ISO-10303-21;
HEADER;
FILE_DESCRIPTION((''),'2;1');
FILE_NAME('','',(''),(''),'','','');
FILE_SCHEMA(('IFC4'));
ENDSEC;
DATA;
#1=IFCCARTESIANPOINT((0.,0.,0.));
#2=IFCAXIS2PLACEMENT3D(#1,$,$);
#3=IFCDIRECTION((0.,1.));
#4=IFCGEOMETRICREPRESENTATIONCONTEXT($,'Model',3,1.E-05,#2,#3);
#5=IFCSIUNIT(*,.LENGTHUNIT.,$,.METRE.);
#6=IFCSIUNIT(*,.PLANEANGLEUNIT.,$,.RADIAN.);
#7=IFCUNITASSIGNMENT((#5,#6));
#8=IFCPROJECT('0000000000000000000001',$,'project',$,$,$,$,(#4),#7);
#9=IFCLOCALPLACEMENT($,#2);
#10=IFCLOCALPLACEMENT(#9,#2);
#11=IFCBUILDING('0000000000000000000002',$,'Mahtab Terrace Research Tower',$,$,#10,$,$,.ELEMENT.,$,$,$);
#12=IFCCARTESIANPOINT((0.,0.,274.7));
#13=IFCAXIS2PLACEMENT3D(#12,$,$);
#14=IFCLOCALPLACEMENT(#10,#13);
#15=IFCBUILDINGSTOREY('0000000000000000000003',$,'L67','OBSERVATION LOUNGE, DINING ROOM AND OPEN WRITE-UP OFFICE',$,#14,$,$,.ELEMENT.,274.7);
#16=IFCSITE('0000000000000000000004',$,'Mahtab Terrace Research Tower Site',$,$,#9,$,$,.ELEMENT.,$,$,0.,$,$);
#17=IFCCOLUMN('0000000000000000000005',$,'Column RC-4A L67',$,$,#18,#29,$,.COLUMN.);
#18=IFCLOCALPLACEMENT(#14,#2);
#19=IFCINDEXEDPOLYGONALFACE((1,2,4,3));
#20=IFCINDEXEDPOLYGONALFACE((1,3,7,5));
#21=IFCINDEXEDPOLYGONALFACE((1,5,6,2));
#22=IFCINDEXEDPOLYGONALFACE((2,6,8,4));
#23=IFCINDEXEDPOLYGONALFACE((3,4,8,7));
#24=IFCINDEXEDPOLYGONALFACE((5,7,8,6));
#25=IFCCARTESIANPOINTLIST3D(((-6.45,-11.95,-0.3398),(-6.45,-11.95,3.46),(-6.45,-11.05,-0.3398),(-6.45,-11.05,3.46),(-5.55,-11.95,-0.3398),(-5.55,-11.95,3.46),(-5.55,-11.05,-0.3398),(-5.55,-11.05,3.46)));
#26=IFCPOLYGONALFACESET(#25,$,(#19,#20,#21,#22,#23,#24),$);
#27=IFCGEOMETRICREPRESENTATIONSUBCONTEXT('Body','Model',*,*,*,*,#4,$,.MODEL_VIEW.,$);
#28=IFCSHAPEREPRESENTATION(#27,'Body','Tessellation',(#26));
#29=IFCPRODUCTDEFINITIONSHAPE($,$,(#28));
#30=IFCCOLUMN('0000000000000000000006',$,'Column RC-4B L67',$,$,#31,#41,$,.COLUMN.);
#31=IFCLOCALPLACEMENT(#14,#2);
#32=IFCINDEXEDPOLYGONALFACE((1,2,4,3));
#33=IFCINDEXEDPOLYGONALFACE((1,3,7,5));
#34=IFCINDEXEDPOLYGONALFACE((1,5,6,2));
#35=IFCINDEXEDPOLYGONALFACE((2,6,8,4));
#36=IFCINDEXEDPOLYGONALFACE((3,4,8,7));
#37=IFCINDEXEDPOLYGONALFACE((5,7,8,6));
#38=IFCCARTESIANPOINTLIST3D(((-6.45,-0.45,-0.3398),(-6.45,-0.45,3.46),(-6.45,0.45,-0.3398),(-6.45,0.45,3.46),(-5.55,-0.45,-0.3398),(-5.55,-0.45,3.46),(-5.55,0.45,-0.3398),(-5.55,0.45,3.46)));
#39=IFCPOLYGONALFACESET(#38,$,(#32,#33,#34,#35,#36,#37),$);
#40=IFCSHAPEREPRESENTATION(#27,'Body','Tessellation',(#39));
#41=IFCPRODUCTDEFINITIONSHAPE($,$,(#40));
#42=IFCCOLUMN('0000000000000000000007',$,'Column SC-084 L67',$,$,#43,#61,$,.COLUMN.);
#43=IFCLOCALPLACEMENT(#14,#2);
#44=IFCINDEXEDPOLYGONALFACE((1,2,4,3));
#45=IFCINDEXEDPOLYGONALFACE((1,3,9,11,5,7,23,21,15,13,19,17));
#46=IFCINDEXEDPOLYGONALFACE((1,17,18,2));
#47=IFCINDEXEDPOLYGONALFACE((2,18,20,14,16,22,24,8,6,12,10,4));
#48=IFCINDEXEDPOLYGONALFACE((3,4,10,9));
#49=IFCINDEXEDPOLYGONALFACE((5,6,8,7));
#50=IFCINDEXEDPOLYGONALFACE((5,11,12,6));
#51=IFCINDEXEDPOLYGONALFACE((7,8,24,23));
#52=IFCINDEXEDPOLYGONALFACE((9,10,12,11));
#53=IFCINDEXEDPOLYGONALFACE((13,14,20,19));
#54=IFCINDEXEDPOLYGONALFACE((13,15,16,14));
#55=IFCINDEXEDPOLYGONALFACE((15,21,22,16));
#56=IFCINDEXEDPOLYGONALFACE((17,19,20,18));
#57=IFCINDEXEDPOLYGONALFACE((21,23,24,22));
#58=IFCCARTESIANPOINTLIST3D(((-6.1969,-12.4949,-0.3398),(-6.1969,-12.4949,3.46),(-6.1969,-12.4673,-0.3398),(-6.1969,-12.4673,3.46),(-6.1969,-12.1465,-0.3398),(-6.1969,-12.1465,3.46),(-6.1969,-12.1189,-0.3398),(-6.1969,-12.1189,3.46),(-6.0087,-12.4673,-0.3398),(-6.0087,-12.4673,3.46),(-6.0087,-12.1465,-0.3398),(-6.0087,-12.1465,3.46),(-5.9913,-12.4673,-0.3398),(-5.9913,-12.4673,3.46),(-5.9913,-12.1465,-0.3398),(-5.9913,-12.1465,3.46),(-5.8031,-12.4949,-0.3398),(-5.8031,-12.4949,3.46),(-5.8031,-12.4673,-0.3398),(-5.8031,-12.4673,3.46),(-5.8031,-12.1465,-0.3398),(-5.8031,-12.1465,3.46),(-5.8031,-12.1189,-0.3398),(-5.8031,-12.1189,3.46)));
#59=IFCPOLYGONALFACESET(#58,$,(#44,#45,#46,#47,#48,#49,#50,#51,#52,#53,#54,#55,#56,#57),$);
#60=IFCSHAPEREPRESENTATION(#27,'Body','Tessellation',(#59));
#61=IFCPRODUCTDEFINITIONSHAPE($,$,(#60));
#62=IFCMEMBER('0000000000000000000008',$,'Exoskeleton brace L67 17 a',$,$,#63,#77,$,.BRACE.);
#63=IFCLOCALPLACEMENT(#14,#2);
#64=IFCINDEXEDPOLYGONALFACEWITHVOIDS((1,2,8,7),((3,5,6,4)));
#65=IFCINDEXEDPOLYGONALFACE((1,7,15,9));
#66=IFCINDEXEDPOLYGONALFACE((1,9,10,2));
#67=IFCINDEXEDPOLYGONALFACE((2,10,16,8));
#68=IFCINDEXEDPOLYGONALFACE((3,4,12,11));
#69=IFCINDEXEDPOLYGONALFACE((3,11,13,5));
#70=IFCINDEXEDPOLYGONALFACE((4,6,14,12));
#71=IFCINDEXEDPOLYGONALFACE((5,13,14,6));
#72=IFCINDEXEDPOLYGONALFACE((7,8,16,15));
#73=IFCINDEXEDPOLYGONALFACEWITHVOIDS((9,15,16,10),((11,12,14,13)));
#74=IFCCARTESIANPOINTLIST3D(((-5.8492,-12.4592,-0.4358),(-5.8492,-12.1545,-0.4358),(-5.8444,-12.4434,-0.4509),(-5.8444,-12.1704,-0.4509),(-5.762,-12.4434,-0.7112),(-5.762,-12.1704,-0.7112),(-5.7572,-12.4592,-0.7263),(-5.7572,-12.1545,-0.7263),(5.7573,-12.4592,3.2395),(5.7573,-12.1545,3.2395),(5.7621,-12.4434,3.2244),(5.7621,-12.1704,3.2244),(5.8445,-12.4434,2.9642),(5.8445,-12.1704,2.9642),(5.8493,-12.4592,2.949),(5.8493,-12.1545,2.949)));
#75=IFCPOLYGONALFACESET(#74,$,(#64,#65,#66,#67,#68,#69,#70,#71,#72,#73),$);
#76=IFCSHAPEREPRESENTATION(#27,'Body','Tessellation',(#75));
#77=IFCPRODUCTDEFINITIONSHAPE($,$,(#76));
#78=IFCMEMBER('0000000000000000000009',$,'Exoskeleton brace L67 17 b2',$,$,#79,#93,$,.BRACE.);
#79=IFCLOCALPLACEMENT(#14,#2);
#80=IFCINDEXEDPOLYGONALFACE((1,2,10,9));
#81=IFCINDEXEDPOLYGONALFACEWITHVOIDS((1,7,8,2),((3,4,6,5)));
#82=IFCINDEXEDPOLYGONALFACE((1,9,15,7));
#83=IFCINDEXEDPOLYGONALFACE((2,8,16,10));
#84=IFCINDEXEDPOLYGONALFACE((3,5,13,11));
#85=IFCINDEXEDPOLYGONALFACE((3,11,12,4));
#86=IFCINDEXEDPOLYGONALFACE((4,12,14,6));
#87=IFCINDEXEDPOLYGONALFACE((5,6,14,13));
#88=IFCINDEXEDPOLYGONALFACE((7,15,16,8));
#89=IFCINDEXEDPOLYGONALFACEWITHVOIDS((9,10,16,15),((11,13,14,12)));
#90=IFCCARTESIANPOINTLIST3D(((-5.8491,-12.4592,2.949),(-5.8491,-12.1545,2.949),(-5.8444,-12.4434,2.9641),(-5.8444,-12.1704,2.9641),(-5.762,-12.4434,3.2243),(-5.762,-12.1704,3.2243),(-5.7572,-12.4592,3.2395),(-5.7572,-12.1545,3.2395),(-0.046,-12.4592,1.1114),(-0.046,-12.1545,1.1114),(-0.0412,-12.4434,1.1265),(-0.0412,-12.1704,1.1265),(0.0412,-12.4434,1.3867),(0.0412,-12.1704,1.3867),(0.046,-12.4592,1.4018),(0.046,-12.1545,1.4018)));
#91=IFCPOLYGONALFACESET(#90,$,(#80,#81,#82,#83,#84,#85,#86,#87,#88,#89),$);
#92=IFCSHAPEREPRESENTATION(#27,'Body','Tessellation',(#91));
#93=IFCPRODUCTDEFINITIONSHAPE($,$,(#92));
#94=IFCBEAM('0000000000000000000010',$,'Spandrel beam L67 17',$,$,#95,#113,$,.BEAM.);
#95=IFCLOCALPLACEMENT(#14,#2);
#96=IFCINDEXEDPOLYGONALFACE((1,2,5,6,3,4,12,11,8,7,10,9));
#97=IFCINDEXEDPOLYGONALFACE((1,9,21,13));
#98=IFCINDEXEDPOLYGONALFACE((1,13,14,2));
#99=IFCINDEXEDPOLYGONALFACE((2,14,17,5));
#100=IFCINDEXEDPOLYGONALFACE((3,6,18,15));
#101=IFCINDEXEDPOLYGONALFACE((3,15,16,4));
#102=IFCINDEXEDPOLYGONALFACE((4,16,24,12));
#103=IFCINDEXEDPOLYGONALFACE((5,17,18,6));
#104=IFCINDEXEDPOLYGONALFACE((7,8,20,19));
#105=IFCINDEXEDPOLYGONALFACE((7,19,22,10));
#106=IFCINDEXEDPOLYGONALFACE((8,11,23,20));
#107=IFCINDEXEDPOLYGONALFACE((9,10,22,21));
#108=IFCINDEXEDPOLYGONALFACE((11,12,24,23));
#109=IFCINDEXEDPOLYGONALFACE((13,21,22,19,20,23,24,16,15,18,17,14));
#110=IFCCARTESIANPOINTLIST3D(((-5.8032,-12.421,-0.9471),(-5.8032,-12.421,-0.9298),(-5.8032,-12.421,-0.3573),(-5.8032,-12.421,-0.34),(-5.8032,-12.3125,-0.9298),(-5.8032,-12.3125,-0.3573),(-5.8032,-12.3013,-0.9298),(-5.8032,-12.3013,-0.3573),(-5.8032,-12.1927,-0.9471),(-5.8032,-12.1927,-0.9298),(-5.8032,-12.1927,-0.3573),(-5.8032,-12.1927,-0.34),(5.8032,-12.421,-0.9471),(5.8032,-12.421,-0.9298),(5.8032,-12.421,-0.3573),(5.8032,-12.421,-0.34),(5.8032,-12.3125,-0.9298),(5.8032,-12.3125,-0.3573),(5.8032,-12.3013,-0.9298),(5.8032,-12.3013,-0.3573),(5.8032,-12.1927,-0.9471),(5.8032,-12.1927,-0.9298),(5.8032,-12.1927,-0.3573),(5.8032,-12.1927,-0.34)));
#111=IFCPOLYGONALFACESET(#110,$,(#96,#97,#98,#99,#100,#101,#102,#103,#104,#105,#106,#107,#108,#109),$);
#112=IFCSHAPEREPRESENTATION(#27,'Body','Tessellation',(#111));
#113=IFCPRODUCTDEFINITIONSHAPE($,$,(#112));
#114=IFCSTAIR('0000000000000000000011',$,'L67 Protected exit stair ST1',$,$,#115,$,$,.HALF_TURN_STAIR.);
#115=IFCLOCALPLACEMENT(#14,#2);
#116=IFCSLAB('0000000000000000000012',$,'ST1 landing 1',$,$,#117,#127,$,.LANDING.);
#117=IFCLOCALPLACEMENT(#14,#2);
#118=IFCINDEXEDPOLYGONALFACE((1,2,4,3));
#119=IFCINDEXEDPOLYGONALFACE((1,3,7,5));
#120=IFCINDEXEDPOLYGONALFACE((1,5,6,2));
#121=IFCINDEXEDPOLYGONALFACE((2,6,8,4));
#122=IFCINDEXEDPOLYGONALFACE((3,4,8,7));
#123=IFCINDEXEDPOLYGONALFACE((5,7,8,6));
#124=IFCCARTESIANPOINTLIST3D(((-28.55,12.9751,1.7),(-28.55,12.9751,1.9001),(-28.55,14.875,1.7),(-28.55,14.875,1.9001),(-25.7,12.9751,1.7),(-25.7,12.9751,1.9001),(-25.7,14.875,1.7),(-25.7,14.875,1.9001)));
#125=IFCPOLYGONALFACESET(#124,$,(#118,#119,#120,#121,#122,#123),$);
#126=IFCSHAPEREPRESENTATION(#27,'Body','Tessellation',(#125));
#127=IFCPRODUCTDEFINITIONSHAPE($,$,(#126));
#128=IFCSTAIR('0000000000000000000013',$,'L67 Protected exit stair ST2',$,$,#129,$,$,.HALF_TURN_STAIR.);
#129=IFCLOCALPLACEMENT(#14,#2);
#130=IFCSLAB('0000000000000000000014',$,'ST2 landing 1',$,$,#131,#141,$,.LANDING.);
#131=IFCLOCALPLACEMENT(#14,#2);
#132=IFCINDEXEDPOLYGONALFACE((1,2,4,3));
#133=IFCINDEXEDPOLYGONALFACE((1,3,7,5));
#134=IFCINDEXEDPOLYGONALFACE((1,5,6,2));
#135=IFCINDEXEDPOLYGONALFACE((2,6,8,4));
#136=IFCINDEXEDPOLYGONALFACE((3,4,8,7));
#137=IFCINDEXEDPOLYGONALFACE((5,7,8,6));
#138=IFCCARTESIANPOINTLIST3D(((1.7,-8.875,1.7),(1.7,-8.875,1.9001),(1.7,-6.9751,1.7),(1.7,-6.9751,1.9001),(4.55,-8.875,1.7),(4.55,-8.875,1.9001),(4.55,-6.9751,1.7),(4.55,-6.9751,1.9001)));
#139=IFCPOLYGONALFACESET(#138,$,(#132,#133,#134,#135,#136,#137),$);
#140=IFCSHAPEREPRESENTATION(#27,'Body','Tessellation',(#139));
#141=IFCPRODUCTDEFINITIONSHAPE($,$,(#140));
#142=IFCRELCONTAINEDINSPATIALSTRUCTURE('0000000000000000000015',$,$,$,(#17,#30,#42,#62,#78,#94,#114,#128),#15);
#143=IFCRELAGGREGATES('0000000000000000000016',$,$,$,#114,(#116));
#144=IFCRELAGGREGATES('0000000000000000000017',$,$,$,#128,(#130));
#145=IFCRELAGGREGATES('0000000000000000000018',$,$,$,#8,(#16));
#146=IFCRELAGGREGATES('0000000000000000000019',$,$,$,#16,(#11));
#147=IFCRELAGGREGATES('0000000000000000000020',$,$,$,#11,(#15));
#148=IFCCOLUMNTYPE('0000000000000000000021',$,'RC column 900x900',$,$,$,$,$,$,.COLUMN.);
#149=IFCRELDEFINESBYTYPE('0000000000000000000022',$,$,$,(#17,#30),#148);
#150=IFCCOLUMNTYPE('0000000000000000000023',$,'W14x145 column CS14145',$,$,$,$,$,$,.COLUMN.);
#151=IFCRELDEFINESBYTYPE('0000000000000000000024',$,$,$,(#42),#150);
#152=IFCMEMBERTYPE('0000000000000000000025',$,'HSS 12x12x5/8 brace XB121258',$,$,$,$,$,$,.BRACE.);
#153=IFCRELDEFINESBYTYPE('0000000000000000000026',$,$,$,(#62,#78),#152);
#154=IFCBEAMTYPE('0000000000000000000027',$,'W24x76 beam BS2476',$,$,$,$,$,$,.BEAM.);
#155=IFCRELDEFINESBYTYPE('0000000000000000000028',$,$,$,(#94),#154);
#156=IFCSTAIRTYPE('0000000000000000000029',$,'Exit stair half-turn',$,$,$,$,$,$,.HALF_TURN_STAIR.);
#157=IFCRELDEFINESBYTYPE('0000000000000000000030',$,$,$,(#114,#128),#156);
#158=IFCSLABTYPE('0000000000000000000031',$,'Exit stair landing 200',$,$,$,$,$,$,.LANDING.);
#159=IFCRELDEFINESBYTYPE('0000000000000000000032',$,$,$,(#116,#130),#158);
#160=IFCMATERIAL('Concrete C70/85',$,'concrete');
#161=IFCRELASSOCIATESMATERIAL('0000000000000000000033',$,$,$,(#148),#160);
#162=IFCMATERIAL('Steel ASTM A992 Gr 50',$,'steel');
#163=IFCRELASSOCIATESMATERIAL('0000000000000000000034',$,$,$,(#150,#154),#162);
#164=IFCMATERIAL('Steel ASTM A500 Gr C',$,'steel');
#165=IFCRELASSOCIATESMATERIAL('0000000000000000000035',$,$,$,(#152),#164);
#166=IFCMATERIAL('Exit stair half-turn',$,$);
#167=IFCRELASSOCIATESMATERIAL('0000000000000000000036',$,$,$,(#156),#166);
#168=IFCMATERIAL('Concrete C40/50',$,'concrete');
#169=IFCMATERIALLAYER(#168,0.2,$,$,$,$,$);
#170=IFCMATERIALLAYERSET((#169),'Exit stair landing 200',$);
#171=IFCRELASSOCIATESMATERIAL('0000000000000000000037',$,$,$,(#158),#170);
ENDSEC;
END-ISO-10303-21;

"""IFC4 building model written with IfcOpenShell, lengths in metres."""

from ifc_helpers import new_model, si_unit, direction, frame, origin, origin_2d, place, context, subcontext, project, spatial, polyline, rectangle, hollow_rectangle, i_section, outline, extrude, material, layer, layer_set, material_profile, profile_set, type_object, element, aggregate, save


model = new_model("IFC4")

# Units and contexts
model_context = context("Model", 3, precision=1e-05, world=origin(), true_north=direction((0.0, 1.0)))
body_context = subcontext(model_context, "Body", "Model", "MODEL_VIEW")
ifc_project = project(units=[si_unit("LENGTHUNIT", "METRE"), si_unit("PLANEANGLEUNIT", "RADIAN")], contexts=[model_context])

# Site, building, storey
site_placement = place(None, origin())
site = spatial("IfcSite", under=ifc_project, at=site_placement, Name="Mahtab Terrace Research Tower Site", CompositionType="ELEMENT", RefElevation=0.0)
building_placement = place(site_placement, origin())
building = spatial("IfcBuilding", under=site, at=building_placement, Name="Mahtab Terrace Research Tower", CompositionType="ELEMENT")
storey_placement = place(building_placement, frame((0.0, 0.0, 274.7)))
storey = spatial("IfcBuildingStorey", under=building, at=storey_placement, Name="L67", Description="OBSERVATION LOUNGE, DINING ROOM AND OPEN WRITE-UP OFFICE", CompositionType="ELEMENT", Elevation=274.7)

# Columns
ifc_material_1 = material(Name="Concrete C70/85", Category="concrete")
ifc_material_profile_1 = material_profile(ifc_material_1, rectangle(XDim=0.8999, YDim=0.8999, at=origin_2d()), Name="RC column 900x900")
ifc_profile_set_1 = profile_set([ifc_material_profile_1], Name="Concrete C70/85")
column_type_1 = type_object("IfcColumnType", Name="RC column 900x900", PredefinedType="COLUMN", material=ifc_profile_set_1)
for number, where, z_axis, x_axis, name in (
    (1, (-6.0, -11.5, -0.3398), (0.0, 0.0, 1.0), (1.0, 0.0, 0.0), "Column RC-4A L67"),
    (2, (-6.0, 0.0, -0.3398), (0.0, 0.0, 1.0), (1.0, 0.0, 0.0), "Column RC-4B L67"),
):
    element("IfcColumn", number, at=place(storey_placement, frame(where, z_axis=z_axis, x_axis=x_axis)), inside=storey, type_object=column_type_1, Name=name, PredefinedType="COLUMN", context=body_context, shape_type="SweptSolid", body=[
        extrude(rectangle(XDim=0.8999, YDim=0.8999, at=origin_2d()), origin(), (0.0, 0.0, 1.0), 3.7998),
    ])
ifc_material_2 = material(Name="Steel ASTM A992 Gr 50", Category="steel")
ifc_material_profile_2 = material_profile(ifc_material_2, i_section(OverallWidth=0.3938, OverallDepth=0.376, WebThickness=0.0173, FlangeThickness=0.0276, at=origin_2d()), Name="W14X145")
ifc_profile_set_2 = profile_set([ifc_material_profile_2], Name="Steel ASTM A992 Gr 50")
column_type_2 = type_object("IfcColumnType", Name="W14x145 column CS14145", PredefinedType="COLUMN", material=ifc_profile_set_2)
column_placement = place(storey_placement, frame((-6.0, -12.3069, -0.3398), z_axis=(0.0, 0.0, 1.0), x_axis=(1.0, 0.0, 0.0)))
element("IfcColumn", 3, at=column_placement, inside=storey, type_object=column_type_2, Name="Column SC-084 L67", PredefinedType="COLUMN", context=body_context, shape_type="SweptSolid", body=[
    extrude(i_section(OverallWidth=0.3938, OverallDepth=0.376, WebThickness=0.0173, FlangeThickness=0.0276, at=origin_2d()), origin(), (0.0, 0.0, 1.0), 3.7998),
])

# Members
ifc_material_3 = material(Name="Steel ASTM A500 Gr C", Category="steel")
ifc_material_profile_3 = material_profile(ifc_material_3, hollow_rectangle(XDim=0.3047, YDim=0.3047, WallThickness=0.0159, at=origin_2d()), Name="HSS12X12X5/8")
ifc_profile_set_3 = profile_set([ifc_material_profile_3], Name="Steel ASTM A500 Gr C")
member_type = type_object("IfcMemberType", Name="HSS 12x12x5/8 brace XB121258", PredefinedType="BRACE", material=ifc_profile_set_3)
member_1_placement = place(storey_placement, frame((-5.8032, -12.3069, -0.5811), z_axis=(0.953344, 0.0, 0.301886), x_axis=(0.0, 1.0, 0.0)))
element("IfcMember", 4, at=member_1_placement, inside=storey, type_object=member_type, Name="Exoskeleton brace L67 17 a", PredefinedType="BRACE", context=body_context, shape_type="SweptSolid", body=[
    extrude(hollow_rectangle(XDim=0.3047, YDim=0.3047, WallThickness=0.0159, at=origin_2d()), origin(), (0.0, 0.0, 1.0), 12.1746),
])
member_2_placement = place(storey_placement, frame((0.0, -12.3069, 1.2566), z_axis=(-0.953344, 0.0, 0.301886), x_axis=(0.0, -1.0, 0.0)))
element("IfcMember", 5, at=member_2_placement, inside=storey, type_object=member_type, Name="Exoskeleton brace L67 17 b2", PredefinedType="BRACE", context=body_context, shape_type="SweptSolid", body=[
    extrude(hollow_rectangle(XDim=0.3047, YDim=0.3047, WallThickness=0.0159, at=origin_2d()), origin(), (0.0, 0.0, 1.0), 6.0872),
])

# Beam
ifc_material_profile_4 = material_profile(ifc_material_2, i_section(OverallWidth=0.2283, OverallDepth=0.6072, WebThickness=0.0112, FlangeThickness=0.0173, at=origin_2d()), Name="W24X76")
ifc_profile_set_4 = profile_set([ifc_material_profile_4], Name="Steel ASTM A992 Gr 50")
beam_type = type_object("IfcBeamType", Name="W24x76 beam BS2476", PredefinedType="BEAM", material=ifc_profile_set_4)
beam_placement = place(storey_placement, frame((-5.8032, -12.3069, -0.6436), z_axis=(1.0, 0.0, 0.0), x_axis=(0.0, 1.0, 0.0)))
element("IfcBeam", 6, at=beam_placement, inside=storey, type_object=beam_type, Name="Spandrel beam L67 17", PredefinedType="BEAM", context=body_context, shape_type="SweptSolid", body=[
    extrude(i_section(OverallWidth=0.2283, OverallDepth=0.6072, WebThickness=0.0112, FlangeThickness=0.0173, at=origin_2d()), origin(), (0.0, 0.0, 1.0), 11.6064),
])

# Stairs, slabs
ifc_material_4 = material(Name="Exit stair half-turn")
stair_type = type_object("IfcStairType", Name="Exit stair half-turn", PredefinedType="HALF_TURN_STAIR", material=ifc_material_4)
stair_1_placement = place(storey_placement, origin())
stair_1 = element("IfcStair", 7, at=stair_1_placement, inside=storey, type_object=stair_type, Name="L67 Protected exit stair ST1", PredefinedType="HALF_TURN_STAIR")
ifc_material_5 = material(Name="Concrete C40/50", Category="concrete")
ifc_layer_1 = layer(ifc_material_5, 0.2)
ifc_layer_set_1 = layer_set([ifc_layer_1], Name="Exit stair landing 200")
slab_type_1 = type_object("IfcSlabType", Name="Exit stair landing 200", PredefinedType="LANDING", material=ifc_layer_set_1)
slab_1_placement = place(storey_placement, frame((0.0, 0.0, 1.7)))
slab_1 = element("IfcSlab", 8, at=slab_1_placement, type_object=slab_type_1, Name="ST1 landing 1", PredefinedType="LANDING", context=body_context, shape_type="SweptSolid", body=[
    extrude(outline(polyline([(-25.7, 12.9751), (-25.7, 14.875), (-28.55, 14.875), (-28.55, 12.9751), (-25.7, 12.9751)])), origin(), (0.0, 0.0, 1.0), 0.2002),
])
aggregate(stair_1, [slab_1])
stair_2_placement = place(storey_placement, origin())
stair_2 = element("IfcStair", 9, at=stair_2_placement, inside=storey, type_object=stair_type, Name="L67 Protected exit stair ST2", PredefinedType="HALF_TURN_STAIR")
slab_2_placement = place(storey_placement, frame((0.0, 0.0, 1.7)))
slab_2 = element("IfcSlab", 10, at=slab_2_placement, type_object=slab_type_1, Name="ST2 landing 1", PredefinedType="LANDING", context=body_context, shape_type="SweptSolid", body=[
    extrude(outline(polyline([(1.7, -6.9751), (1.7, -8.875), (4.55, -8.875), (4.55, -6.9751), (1.7, -6.9751)])), origin(), (0.0, 0.0, 1.0), 0.2002),
])
aggregate(stair_2, [slab_2])

save(model, "model.ifc")
